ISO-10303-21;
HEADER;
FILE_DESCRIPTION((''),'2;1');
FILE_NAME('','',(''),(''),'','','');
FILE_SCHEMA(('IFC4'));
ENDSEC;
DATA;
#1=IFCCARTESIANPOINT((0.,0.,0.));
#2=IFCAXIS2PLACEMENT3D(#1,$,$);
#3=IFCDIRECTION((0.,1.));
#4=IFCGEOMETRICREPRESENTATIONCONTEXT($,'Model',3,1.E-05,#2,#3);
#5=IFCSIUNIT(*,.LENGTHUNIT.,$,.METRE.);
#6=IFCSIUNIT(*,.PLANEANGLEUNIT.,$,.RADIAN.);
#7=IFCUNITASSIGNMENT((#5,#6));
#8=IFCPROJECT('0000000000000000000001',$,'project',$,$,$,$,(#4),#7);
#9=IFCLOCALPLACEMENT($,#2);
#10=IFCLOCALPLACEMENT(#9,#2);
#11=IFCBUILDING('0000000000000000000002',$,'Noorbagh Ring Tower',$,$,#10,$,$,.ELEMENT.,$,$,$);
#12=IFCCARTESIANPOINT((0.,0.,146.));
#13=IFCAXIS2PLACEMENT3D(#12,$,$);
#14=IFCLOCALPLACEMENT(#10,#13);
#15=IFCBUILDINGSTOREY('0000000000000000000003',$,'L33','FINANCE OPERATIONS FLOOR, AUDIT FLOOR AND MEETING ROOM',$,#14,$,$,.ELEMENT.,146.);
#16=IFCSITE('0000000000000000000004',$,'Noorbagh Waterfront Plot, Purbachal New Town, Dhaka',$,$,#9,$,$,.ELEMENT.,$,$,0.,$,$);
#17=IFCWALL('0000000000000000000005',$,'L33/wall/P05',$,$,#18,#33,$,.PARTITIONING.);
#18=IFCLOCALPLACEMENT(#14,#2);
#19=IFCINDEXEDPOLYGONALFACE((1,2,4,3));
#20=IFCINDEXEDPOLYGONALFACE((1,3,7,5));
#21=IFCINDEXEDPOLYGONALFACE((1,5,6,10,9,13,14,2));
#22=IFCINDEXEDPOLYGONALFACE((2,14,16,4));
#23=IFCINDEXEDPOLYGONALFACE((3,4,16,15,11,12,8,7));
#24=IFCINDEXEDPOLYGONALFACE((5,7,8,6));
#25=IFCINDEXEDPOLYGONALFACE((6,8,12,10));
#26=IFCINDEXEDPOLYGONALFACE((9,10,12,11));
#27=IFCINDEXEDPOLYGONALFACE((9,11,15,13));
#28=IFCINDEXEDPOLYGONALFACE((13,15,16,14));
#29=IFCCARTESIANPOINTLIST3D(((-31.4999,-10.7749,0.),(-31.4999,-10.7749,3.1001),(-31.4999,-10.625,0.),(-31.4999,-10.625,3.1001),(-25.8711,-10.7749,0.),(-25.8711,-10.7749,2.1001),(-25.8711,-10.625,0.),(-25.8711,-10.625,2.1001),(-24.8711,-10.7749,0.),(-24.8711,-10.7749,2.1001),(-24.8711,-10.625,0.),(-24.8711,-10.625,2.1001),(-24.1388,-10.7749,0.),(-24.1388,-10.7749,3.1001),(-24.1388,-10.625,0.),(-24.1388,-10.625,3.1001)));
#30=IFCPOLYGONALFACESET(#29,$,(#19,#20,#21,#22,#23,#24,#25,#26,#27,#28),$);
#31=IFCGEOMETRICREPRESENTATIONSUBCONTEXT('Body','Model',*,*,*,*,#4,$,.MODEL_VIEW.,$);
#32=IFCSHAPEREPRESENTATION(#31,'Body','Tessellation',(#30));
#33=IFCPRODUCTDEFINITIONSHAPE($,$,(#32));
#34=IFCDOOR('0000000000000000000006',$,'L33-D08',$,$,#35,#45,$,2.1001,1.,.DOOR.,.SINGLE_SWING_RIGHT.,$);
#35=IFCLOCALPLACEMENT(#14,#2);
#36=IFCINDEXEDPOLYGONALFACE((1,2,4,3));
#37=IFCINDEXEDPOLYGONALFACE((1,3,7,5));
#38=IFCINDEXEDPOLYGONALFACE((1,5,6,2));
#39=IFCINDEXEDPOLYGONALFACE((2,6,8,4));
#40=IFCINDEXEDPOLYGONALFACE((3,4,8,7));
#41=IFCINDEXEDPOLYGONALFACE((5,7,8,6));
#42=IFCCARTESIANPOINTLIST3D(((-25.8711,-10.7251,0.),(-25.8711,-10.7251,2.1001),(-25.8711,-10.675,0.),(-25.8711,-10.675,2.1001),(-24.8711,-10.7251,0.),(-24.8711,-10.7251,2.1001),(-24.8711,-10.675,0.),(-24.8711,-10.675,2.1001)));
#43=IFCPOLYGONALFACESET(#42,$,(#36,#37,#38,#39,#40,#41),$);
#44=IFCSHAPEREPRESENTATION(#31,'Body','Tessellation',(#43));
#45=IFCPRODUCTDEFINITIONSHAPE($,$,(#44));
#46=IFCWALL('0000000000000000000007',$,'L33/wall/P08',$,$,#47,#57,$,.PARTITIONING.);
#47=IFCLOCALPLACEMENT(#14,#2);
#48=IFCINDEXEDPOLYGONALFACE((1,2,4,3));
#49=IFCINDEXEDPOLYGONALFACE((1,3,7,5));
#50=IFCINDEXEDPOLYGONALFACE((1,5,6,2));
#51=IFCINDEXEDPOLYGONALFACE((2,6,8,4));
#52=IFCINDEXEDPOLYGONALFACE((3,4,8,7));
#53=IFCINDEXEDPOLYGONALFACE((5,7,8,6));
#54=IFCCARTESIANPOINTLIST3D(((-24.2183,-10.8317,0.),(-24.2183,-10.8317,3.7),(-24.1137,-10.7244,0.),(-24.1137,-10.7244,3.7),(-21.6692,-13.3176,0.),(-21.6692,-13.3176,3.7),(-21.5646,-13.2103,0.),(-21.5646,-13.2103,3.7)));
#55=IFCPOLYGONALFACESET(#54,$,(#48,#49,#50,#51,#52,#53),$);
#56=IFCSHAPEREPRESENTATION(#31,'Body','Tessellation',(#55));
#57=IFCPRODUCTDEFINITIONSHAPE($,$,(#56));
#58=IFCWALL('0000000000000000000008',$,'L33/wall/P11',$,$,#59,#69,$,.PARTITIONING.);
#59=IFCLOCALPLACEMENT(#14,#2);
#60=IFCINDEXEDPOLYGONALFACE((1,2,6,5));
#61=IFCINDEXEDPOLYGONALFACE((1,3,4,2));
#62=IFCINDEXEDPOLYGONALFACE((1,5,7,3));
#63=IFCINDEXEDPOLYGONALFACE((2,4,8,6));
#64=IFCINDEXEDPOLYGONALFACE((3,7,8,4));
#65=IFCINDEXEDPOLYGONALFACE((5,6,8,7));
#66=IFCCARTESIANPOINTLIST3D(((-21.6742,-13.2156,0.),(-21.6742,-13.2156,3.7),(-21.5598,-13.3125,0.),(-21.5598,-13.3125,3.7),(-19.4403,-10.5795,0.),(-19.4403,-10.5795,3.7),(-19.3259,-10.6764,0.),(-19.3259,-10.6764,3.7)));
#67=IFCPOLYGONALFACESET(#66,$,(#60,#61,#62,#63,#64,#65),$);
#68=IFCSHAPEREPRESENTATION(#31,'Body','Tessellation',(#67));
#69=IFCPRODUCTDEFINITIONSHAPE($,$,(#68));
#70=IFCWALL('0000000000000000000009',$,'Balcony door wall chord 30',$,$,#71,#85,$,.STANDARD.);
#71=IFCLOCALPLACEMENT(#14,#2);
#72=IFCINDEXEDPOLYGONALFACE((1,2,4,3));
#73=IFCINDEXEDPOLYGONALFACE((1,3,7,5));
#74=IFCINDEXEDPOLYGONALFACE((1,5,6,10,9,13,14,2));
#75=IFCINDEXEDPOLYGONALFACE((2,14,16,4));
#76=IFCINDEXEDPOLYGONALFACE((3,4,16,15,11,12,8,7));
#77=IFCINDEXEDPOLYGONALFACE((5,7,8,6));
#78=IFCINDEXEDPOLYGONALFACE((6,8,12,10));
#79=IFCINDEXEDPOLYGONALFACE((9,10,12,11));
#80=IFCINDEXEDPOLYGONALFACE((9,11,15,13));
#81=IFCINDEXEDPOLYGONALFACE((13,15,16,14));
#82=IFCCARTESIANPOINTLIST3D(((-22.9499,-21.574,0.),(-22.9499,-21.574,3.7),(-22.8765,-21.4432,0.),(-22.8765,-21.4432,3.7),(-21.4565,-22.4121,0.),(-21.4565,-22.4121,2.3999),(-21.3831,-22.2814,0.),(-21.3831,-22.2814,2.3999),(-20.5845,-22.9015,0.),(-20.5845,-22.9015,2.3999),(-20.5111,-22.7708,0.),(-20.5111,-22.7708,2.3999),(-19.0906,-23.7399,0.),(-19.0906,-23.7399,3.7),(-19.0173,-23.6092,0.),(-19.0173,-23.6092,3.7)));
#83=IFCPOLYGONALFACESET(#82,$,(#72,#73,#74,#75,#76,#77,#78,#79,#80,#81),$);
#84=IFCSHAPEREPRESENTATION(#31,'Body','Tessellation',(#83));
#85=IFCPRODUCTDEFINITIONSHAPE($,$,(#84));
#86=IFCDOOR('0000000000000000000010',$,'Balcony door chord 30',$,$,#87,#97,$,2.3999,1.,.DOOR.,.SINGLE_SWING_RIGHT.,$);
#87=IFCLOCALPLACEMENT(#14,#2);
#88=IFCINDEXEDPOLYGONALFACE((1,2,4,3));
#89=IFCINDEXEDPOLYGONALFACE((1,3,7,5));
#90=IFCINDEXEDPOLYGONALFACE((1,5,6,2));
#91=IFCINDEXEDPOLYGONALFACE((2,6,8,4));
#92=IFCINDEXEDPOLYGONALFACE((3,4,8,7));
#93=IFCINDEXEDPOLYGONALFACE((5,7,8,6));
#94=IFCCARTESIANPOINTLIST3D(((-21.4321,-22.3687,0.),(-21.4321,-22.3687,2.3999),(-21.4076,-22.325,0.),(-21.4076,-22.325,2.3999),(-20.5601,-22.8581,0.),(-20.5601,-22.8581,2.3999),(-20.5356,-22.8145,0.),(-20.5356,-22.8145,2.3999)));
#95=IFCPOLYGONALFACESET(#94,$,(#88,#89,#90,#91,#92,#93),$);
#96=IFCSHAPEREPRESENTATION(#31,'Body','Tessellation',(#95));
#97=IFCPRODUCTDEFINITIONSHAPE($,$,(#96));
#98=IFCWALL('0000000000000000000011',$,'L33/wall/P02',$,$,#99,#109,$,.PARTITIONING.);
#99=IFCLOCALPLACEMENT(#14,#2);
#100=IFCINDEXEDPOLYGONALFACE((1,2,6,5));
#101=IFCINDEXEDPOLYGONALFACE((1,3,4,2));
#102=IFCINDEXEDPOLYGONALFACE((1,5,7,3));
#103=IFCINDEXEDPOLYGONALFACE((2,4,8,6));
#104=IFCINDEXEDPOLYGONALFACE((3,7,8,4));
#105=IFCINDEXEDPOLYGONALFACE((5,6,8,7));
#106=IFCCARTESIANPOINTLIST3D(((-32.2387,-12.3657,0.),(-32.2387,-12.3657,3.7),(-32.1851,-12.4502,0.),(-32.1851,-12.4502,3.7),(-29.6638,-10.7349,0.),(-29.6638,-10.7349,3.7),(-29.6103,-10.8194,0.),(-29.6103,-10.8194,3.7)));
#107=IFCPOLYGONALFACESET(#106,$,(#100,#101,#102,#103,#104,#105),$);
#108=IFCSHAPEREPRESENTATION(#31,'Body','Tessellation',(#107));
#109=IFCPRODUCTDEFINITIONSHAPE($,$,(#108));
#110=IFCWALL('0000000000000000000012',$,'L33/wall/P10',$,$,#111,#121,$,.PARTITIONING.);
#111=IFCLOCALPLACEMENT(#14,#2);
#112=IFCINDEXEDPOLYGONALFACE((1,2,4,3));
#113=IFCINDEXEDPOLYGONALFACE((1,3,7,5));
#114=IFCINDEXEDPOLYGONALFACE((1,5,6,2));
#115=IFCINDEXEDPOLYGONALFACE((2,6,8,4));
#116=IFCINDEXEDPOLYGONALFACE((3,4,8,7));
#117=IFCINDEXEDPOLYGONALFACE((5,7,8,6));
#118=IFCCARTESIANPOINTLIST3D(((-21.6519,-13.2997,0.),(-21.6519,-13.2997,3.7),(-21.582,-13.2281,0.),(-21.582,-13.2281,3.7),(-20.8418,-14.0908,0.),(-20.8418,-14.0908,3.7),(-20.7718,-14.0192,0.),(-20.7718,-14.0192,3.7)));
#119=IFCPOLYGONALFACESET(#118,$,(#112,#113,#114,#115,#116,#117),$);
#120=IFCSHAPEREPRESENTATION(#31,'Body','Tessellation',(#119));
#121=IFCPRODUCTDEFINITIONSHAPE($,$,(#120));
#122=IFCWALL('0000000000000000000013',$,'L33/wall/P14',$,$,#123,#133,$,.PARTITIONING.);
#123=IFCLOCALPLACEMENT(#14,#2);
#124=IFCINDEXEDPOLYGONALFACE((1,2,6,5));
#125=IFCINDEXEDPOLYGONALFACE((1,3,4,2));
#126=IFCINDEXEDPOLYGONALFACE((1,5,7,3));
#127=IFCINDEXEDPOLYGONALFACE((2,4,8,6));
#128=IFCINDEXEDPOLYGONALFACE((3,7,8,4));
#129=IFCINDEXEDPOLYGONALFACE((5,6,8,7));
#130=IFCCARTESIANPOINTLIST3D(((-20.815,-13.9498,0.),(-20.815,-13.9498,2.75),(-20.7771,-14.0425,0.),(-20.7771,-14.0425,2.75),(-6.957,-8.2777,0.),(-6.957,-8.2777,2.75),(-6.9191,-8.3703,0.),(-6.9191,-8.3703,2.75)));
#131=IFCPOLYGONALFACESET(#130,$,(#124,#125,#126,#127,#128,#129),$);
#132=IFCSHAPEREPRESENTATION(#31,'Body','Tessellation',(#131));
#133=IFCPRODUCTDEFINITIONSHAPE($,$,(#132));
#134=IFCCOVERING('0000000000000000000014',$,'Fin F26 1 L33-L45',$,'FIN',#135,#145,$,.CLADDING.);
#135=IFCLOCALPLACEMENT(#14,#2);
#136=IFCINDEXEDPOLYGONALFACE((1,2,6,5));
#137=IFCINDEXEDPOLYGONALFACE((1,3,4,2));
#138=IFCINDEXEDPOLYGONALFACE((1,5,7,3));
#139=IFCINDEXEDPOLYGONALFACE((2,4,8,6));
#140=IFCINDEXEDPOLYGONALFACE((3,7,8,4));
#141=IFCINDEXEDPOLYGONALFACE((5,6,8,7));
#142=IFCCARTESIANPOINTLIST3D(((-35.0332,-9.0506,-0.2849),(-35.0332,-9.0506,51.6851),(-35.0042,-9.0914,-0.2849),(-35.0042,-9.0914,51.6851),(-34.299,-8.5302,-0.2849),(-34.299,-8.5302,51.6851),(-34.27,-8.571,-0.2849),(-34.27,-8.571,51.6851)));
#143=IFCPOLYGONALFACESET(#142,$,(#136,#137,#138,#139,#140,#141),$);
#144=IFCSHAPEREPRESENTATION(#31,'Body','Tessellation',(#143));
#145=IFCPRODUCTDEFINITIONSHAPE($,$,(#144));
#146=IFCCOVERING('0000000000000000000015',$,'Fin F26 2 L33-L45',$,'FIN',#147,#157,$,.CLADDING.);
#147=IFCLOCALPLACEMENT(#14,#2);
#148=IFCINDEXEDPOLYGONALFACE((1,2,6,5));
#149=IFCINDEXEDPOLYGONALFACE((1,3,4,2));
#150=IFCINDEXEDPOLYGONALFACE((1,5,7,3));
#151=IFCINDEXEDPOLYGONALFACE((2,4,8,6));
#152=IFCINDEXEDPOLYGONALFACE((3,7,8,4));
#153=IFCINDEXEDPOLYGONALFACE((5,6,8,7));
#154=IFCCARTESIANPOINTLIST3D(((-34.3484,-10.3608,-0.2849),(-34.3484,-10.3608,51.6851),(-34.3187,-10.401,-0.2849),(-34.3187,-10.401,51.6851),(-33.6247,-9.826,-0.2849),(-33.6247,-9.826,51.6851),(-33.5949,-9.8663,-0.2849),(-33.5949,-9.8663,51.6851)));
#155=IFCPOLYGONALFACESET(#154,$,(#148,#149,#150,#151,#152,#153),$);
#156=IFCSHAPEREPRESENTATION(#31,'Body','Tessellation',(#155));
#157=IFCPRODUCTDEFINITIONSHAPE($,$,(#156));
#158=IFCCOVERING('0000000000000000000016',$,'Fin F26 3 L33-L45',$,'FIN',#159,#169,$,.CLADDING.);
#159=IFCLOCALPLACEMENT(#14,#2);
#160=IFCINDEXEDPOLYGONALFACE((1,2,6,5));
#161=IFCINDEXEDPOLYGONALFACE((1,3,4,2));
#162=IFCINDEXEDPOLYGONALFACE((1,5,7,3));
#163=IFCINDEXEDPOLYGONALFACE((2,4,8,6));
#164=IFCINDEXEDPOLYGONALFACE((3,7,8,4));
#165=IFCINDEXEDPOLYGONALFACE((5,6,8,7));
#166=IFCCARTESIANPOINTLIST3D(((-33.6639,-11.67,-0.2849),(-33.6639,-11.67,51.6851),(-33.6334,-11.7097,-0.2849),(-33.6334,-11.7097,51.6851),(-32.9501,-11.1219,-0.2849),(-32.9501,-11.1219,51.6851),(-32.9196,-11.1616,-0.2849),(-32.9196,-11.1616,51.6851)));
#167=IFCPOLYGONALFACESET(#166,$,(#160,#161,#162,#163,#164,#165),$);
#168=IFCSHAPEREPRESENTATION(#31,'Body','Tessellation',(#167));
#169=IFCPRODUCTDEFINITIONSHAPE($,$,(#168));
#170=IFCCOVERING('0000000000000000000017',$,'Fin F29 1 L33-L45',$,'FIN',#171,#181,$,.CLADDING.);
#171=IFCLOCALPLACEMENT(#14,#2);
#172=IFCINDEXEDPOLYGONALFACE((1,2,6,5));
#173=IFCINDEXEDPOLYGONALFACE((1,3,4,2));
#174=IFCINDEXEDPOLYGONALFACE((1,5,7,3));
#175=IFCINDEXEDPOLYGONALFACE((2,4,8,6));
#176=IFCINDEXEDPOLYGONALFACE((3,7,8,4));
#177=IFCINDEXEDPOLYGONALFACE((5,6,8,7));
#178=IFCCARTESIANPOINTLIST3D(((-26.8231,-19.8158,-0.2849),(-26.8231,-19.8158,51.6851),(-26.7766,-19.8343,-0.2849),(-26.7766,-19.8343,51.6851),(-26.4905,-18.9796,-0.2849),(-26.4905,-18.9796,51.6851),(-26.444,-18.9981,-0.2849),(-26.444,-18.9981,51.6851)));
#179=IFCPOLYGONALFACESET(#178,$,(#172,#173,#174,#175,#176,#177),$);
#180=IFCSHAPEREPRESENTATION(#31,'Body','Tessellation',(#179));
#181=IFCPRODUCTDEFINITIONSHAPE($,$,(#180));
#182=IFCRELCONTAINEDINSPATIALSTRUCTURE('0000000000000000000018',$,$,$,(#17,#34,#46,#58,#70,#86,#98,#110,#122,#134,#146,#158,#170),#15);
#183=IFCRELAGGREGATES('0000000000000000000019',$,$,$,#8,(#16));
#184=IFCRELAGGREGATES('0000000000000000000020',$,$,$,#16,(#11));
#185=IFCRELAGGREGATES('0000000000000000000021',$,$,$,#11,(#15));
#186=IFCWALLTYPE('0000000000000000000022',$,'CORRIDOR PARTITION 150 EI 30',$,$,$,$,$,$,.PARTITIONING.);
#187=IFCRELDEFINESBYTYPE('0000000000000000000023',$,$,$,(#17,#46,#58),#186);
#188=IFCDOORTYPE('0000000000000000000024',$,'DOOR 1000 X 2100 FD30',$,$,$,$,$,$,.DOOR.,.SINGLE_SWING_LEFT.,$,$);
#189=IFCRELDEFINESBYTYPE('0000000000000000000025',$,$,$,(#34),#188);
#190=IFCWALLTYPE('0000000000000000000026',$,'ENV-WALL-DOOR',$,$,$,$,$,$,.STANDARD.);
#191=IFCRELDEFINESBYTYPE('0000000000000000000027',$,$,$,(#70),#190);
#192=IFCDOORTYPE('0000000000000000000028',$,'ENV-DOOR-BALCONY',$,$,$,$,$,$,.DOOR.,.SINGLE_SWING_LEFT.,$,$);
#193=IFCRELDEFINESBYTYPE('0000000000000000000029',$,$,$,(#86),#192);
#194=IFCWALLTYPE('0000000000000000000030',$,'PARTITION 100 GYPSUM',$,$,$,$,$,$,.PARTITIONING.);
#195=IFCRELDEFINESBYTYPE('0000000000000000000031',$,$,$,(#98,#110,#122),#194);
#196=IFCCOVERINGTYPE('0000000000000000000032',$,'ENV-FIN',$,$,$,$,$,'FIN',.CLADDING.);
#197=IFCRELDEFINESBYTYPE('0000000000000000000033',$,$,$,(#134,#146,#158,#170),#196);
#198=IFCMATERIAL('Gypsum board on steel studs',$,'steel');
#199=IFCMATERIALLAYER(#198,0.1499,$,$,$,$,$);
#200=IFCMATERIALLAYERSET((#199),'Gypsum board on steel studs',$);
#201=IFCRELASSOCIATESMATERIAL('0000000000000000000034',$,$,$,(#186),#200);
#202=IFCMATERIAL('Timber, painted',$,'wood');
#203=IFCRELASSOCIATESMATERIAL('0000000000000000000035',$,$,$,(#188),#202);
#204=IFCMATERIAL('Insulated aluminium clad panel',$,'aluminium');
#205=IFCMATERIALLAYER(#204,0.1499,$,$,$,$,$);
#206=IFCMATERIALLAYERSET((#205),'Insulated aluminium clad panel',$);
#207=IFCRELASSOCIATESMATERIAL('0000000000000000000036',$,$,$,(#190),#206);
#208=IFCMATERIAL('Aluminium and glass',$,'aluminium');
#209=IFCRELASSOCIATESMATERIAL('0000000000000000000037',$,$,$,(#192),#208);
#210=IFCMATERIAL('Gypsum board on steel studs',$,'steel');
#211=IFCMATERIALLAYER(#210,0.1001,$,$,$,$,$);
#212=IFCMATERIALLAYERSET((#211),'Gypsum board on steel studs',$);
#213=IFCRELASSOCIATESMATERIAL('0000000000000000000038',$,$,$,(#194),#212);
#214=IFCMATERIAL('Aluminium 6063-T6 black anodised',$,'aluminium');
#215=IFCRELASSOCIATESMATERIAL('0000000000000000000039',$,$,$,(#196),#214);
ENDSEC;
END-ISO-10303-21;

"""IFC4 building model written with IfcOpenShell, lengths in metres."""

from ifc_helpers import new_model, si_unit, direction, frame, frame_2d, origin, origin_2d, place, context, subcontext, project, spatial, rectangle, extrude, material, layer, layer_set, material_profile, profile_set, type_object, element, fill, save


model = new_model("IFC4")

# Units and contexts
model_context = context("Model", 3, precision=1e-05, world=origin(), true_north=direction((0.0, 1.0)))
body_context = subcontext(model_context, "Body", "Model", "MODEL_VIEW")
ifc_project = project(units=[si_unit("LENGTHUNIT", "METRE"), si_unit("PLANEANGLEUNIT", "RADIAN")], contexts=[model_context])

# Site, building, storey
site_placement = place(None, origin())
site = spatial("IfcSite", under=ifc_project, at=site_placement, Name="Noorbagh Waterfront Plot, Purbachal New Town, Dhaka", CompositionType="ELEMENT", RefElevation=0.0)
building_placement = place(site_placement, origin())
building = spatial("IfcBuilding", under=site, at=building_placement, Name="Noorbagh Ring Tower", CompositionType="ELEMENT")
storey_placement = place(building_placement, frame((0.0, 0.0, 146.0)))
storey = spatial("IfcBuildingStorey", under=building, at=storey_placement, Name="L33", Description="FINANCE OPERATIONS FLOOR, AUDIT FLOOR AND MEETING ROOM", CompositionType="ELEMENT", Elevation=146.0)

# Wall, opening, door
ifc_material_1 = material(Name="Gypsum board on steel studs", Category="steel")
ifc_layer_1 = layer(ifc_material_1, 0.1499)
ifc_layer_set_1 = layer_set([ifc_layer_1], Name="Gypsum board on steel studs")
wall_type_1 = type_object("IfcWallType", Name="CORRIDOR PARTITION 150 EI 30", PredefinedType="PARTITIONING", material=ifc_layer_set_1)
ifc_material_2 = material(Name="Timber, painted", Category="wood")
door_type_1 = type_object("IfcDoorType", Name="DOOR 1000 X 2100 FD30", OperationType="SINGLE_SWING_LEFT", PredefinedType="DOOR", material=ifc_material_2)
wall_1_placement = place(storey_placement, frame((-31.5, -10.7, 0.0), z_axis=(0.0, 0.0, 1.0), x_axis=(1.0, 0.0, 0.0)))
wall_1 = element("IfcWall", 1, at=wall_1_placement, inside=storey, type_object=wall_type_1, Name="L33/wall/P05", PredefinedType="PARTITIONING", context=body_context, shape_type="SweptSolid", body=[
    extrude(rectangle(XDim=7.3611, YDim=0.1499, at=frame_2d((3.6807, 0.0))), origin(), (0.0, 0.0, 1.0), 3.1001),
])
opening_1_placement = place(wall_1_placement, frame((5.6289, 0.0, 0.0)))
opening_1 = element("IfcOpeningElement", 2, at=opening_1_placement, cuts=wall_1, PredefinedType="OPENING", context=body_context, shape_type="SweptSolid", body=[
    extrude(rectangle(XDim=1.0, YDim=2.1001, at=frame_2d((0.5, 1.05))), frame((0.0, 0.085, 0.0), z_axis=(0.0, -1.0, 0.0), x_axis=(1.0, 0.0, 0.0)), (0.0, 0.0, 1.0), 0.1699),
])
door_1_placement = place(opening_1_placement, origin())
door_1 = element("IfcDoor", 3, at=door_1_placement, inside=storey, type_object=door_type_1, Name="L33-D08", OperationType="SINGLE_SWING_RIGHT", OverallHeight=2.1001, OverallWidth=1.0, PredefinedType="DOOR", context=body_context, shape_type="SweptSolid", body=[
    extrude(rectangle(XDim=1.0, YDim=2.1001, at=frame_2d((0.5, 1.05))), frame((0.0, 0.0249, 0.0), z_axis=(0.0, -1.0, 0.0), x_axis=(1.0, 0.0, 0.0)), (0.0, 0.0, 1.0), 0.05),
])
fill(opening_1, door_1)

# Walls
wall_2_placement = place(storey_placement, frame((-24.166, -10.7781, 0.0), z_axis=(0.0, 0.0, 1.0), x_axis=(0.715931, -0.698171, 0.0)))
element("IfcWall", 4, at=wall_2_placement, inside=storey, type_object=wall_type_1, Name="L33/wall/P08", PredefinedType="PARTITIONING", context=body_context, shape_type="SweptSolid", body=[
    extrude(rectangle(XDim=3.5605, YDim=0.1499, at=frame_2d((1.7803, 0.0))), origin(), (0.0, 0.0, 1.0), 3.7),
])
wall_3_placement = place(storey_placement, frame((-21.6169, -13.2639, 0.0), z_axis=(0.0, 0.0, 1.0), x_axis=(0.646522, 0.762896, 0.0)))
element("IfcWall", 5, at=wall_3_placement, inside=storey, type_object=wall_type_1, Name="L33/wall/P11", PredefinedType="PARTITIONING", context=body_context, shape_type="SweptSolid", body=[
    extrude(rectangle(XDim=3.4553, YDim=0.1499, at=frame_2d((1.7275, 0.0))), origin(), (0.0, 0.0, 1.0), 3.7),
])

# Wall, opening, door
ifc_material_3 = material(Name="Insulated aluminium clad panel", Category="aluminium")
ifc_layer_2 = layer(ifc_material_3, 0.1499)
ifc_layer_set_2 = layer_set([ifc_layer_2], Name="Insulated aluminium clad panel")
wall_type_2 = type_object("IfcWallType", Name="ENV-WALL-DOOR", PredefinedType="STANDARD", material=ifc_layer_set_2)
wall_4_placement = place(storey_placement, frame((-22.9133, -21.5085, 0.0), z_axis=(0.0, 0.0, 1.0), x_axis=(0.872047, -0.489423, 0.0)))
wall_4 = element("IfcWall", 6, at=wall_4_placement, inside=storey, type_object=wall_type_2, Name="Balcony door wall chord 30", PredefinedType="STANDARD", context=body_context, shape_type="SweptSolid", body=[
    extrude(rectangle(XDim=4.4255, YDim=0.1499, at=frame_2d((2.2129, 0.0))), origin(), (0.0, 0.0, 1.0), 3.7),
])
opening_2_placement = place(wall_4_placement, frame((1.7126, 0.0, 0.0)))
opening_2 = element("IfcOpeningElement", 7, at=opening_2_placement, cuts=wall_4, PredefinedType="OPENING", context=body_context, shape_type="SweptSolid", body=[
    extrude(rectangle(XDim=1.0, YDim=2.3999, at=frame_2d((0.5, 1.2))), frame((0.0, 0.085, 0.0), z_axis=(0.0, -1.0, 0.0), x_axis=(1.0, 0.0, 0.0)), (0.0, 0.0, 1.0), 0.1699),
])
ifc_material_4 = material(Name="Aluminium and glass", Category="aluminium")
door_type_2 = type_object("IfcDoorType", Name="ENV-DOOR-BALCONY", OperationType="SINGLE_SWING_LEFT", PredefinedType="DOOR", material=ifc_material_4)
door_2_placement = place(opening_2_placement, origin())
door_2 = element("IfcDoor", 8, at=door_2_placement, inside=storey, type_object=door_type_2, Name="Balcony door chord 30", OperationType="SINGLE_SWING_RIGHT", OverallHeight=2.3999, OverallWidth=1.0, PredefinedType="DOOR", context=body_context, shape_type="SweptSolid", body=[
    extrude(rectangle(XDim=1.0, YDim=2.3999, at=frame_2d((0.5, 1.2))), frame((0.0, 0.0249, 0.0), z_axis=(0.0, -1.0, 0.0), x_axis=(1.0, 0.0, 0.0)), (0.0, 0.0, 1.0), 0.05),
])
fill(opening_2, door_2)

# Walls
ifc_material_5 = material(Name="Gypsum board on steel studs", Category="steel")
ifc_layer_3 = layer(ifc_material_5, 0.1001)
ifc_layer_set_3 = layer_set([ifc_layer_3], Name="Gypsum board on steel studs")
wall_type_3 = type_object("IfcWallType", Name="PARTITION 100 GYPSUM", PredefinedType="PARTITIONING", material=ifc_layer_set_3)
wall_5_placement = place(storey_placement, frame((-32.2119, -12.408, 0.0), z_axis=(0.0, 0.0, 1.0), x_axis=(0.844811, 0.535065, 0.0)))
element("IfcWall", 9, at=wall_5_placement, inside=storey, type_object=wall_type_3, Name="L33/wall/P02", PredefinedType="PARTITIONING", context=body_context, shape_type="SweptSolid", body=[
    extrude(rectangle(XDim=3.0479, YDim=0.1001, at=frame_2d((1.5239, 0.0))), origin(), (0.0, 0.0, 1.0), 3.7),
])
wall_6_placement = place(storey_placement, frame((-21.6169, -13.2639, 0.0), z_axis=(0.0, 0.0, 1.0), x_axis=(0.715466, -0.698647, 0.0)))
element("IfcWall", 10, at=wall_6_placement, inside=storey, type_object=wall_type_3, Name="L33/wall/P10", PredefinedType="PARTITIONING", context=body_context, shape_type="SweptSolid", body=[
    extrude(rectangle(XDim=1.1323, YDim=0.1001, at=frame_2d((0.5662, 0.0))), origin(), (0.0, 0.0, 1.0), 3.7),
])
wall_7_placement = place(storey_placement, frame((-20.7959, -13.9961, 0.0), z_axis=(0.0, 0.0, 1.0), x_axis=(0.925477, 0.378803, 0.0)))
element("IfcWall", 11, at=wall_7_placement, inside=storey, type_object=wall_type_3, Name="L33/wall/P14", PredefinedType="PARTITIONING", context=body_context, shape_type="SweptSolid", body=[
    extrude(rectangle(XDim=14.9739, YDim=0.1001, at=frame_2d((7.4868, 0.0))), origin(), (0.0, 0.0, 1.0), 2.75),
])

# Coverings
ifc_material_6 = material(Name="Aluminium 6063-T6 black anodised", Category="aluminium")
ifc_material_profile_1 = material_profile(ifc_material_6, rectangle(XDim=0.8999, YDim=0.05, at=origin_2d()), Name="900x50")
ifc_profile_set_1 = profile_set([ifc_material_profile_1], Name="Aluminium 6063-T6 black anodised")
covering_type = type_object("IfcCoveringType", Name="ENV-FIN", ElementType="FIN", PredefinedType="CLADDING", material=ifc_profile_set_1)
for number, where, z_axis, x_axis, name in (
    (12, (-34.6516, -8.8108, -0.2849), (0.0, 0.0, 1.0), (-0.815855, -0.578256, 0.0), "Fin F26 1 L33-L45"),
    (13, (-33.9717, -10.1135, -0.2849), (0.0, 0.0, 1.0), (-0.80426, -0.594277, 0.0), "Fin F26 2 L33-L45"),
    (14, (-33.2917, -11.4158, -0.2849), (0.0, 0.0, 1.0), (-0.793138, -0.609043, 0.0), "Fin F26 3 L33-L45"),
    (15, (-26.6335, -19.407, -0.2849), (0.0, 0.0, 1.0), (-0.369564, -0.929205, 0.0), "Fin F29 1 L33-L45"),
):
    element("IfcCovering", number, at=place(storey_placement, frame(where, z_axis=z_axis, x_axis=x_axis)), inside=storey, type_object=covering_type, Name=name, ObjectType="FIN", PredefinedType="CLADDING", context=body_context, shape_type="SweptSolid", body=[
        extrude(rectangle(XDim=0.8999, YDim=0.05, at=origin_2d()), origin(), (0.0, 0.0, 1.0), 51.97),
    ])

save(model, "model.ifc")
